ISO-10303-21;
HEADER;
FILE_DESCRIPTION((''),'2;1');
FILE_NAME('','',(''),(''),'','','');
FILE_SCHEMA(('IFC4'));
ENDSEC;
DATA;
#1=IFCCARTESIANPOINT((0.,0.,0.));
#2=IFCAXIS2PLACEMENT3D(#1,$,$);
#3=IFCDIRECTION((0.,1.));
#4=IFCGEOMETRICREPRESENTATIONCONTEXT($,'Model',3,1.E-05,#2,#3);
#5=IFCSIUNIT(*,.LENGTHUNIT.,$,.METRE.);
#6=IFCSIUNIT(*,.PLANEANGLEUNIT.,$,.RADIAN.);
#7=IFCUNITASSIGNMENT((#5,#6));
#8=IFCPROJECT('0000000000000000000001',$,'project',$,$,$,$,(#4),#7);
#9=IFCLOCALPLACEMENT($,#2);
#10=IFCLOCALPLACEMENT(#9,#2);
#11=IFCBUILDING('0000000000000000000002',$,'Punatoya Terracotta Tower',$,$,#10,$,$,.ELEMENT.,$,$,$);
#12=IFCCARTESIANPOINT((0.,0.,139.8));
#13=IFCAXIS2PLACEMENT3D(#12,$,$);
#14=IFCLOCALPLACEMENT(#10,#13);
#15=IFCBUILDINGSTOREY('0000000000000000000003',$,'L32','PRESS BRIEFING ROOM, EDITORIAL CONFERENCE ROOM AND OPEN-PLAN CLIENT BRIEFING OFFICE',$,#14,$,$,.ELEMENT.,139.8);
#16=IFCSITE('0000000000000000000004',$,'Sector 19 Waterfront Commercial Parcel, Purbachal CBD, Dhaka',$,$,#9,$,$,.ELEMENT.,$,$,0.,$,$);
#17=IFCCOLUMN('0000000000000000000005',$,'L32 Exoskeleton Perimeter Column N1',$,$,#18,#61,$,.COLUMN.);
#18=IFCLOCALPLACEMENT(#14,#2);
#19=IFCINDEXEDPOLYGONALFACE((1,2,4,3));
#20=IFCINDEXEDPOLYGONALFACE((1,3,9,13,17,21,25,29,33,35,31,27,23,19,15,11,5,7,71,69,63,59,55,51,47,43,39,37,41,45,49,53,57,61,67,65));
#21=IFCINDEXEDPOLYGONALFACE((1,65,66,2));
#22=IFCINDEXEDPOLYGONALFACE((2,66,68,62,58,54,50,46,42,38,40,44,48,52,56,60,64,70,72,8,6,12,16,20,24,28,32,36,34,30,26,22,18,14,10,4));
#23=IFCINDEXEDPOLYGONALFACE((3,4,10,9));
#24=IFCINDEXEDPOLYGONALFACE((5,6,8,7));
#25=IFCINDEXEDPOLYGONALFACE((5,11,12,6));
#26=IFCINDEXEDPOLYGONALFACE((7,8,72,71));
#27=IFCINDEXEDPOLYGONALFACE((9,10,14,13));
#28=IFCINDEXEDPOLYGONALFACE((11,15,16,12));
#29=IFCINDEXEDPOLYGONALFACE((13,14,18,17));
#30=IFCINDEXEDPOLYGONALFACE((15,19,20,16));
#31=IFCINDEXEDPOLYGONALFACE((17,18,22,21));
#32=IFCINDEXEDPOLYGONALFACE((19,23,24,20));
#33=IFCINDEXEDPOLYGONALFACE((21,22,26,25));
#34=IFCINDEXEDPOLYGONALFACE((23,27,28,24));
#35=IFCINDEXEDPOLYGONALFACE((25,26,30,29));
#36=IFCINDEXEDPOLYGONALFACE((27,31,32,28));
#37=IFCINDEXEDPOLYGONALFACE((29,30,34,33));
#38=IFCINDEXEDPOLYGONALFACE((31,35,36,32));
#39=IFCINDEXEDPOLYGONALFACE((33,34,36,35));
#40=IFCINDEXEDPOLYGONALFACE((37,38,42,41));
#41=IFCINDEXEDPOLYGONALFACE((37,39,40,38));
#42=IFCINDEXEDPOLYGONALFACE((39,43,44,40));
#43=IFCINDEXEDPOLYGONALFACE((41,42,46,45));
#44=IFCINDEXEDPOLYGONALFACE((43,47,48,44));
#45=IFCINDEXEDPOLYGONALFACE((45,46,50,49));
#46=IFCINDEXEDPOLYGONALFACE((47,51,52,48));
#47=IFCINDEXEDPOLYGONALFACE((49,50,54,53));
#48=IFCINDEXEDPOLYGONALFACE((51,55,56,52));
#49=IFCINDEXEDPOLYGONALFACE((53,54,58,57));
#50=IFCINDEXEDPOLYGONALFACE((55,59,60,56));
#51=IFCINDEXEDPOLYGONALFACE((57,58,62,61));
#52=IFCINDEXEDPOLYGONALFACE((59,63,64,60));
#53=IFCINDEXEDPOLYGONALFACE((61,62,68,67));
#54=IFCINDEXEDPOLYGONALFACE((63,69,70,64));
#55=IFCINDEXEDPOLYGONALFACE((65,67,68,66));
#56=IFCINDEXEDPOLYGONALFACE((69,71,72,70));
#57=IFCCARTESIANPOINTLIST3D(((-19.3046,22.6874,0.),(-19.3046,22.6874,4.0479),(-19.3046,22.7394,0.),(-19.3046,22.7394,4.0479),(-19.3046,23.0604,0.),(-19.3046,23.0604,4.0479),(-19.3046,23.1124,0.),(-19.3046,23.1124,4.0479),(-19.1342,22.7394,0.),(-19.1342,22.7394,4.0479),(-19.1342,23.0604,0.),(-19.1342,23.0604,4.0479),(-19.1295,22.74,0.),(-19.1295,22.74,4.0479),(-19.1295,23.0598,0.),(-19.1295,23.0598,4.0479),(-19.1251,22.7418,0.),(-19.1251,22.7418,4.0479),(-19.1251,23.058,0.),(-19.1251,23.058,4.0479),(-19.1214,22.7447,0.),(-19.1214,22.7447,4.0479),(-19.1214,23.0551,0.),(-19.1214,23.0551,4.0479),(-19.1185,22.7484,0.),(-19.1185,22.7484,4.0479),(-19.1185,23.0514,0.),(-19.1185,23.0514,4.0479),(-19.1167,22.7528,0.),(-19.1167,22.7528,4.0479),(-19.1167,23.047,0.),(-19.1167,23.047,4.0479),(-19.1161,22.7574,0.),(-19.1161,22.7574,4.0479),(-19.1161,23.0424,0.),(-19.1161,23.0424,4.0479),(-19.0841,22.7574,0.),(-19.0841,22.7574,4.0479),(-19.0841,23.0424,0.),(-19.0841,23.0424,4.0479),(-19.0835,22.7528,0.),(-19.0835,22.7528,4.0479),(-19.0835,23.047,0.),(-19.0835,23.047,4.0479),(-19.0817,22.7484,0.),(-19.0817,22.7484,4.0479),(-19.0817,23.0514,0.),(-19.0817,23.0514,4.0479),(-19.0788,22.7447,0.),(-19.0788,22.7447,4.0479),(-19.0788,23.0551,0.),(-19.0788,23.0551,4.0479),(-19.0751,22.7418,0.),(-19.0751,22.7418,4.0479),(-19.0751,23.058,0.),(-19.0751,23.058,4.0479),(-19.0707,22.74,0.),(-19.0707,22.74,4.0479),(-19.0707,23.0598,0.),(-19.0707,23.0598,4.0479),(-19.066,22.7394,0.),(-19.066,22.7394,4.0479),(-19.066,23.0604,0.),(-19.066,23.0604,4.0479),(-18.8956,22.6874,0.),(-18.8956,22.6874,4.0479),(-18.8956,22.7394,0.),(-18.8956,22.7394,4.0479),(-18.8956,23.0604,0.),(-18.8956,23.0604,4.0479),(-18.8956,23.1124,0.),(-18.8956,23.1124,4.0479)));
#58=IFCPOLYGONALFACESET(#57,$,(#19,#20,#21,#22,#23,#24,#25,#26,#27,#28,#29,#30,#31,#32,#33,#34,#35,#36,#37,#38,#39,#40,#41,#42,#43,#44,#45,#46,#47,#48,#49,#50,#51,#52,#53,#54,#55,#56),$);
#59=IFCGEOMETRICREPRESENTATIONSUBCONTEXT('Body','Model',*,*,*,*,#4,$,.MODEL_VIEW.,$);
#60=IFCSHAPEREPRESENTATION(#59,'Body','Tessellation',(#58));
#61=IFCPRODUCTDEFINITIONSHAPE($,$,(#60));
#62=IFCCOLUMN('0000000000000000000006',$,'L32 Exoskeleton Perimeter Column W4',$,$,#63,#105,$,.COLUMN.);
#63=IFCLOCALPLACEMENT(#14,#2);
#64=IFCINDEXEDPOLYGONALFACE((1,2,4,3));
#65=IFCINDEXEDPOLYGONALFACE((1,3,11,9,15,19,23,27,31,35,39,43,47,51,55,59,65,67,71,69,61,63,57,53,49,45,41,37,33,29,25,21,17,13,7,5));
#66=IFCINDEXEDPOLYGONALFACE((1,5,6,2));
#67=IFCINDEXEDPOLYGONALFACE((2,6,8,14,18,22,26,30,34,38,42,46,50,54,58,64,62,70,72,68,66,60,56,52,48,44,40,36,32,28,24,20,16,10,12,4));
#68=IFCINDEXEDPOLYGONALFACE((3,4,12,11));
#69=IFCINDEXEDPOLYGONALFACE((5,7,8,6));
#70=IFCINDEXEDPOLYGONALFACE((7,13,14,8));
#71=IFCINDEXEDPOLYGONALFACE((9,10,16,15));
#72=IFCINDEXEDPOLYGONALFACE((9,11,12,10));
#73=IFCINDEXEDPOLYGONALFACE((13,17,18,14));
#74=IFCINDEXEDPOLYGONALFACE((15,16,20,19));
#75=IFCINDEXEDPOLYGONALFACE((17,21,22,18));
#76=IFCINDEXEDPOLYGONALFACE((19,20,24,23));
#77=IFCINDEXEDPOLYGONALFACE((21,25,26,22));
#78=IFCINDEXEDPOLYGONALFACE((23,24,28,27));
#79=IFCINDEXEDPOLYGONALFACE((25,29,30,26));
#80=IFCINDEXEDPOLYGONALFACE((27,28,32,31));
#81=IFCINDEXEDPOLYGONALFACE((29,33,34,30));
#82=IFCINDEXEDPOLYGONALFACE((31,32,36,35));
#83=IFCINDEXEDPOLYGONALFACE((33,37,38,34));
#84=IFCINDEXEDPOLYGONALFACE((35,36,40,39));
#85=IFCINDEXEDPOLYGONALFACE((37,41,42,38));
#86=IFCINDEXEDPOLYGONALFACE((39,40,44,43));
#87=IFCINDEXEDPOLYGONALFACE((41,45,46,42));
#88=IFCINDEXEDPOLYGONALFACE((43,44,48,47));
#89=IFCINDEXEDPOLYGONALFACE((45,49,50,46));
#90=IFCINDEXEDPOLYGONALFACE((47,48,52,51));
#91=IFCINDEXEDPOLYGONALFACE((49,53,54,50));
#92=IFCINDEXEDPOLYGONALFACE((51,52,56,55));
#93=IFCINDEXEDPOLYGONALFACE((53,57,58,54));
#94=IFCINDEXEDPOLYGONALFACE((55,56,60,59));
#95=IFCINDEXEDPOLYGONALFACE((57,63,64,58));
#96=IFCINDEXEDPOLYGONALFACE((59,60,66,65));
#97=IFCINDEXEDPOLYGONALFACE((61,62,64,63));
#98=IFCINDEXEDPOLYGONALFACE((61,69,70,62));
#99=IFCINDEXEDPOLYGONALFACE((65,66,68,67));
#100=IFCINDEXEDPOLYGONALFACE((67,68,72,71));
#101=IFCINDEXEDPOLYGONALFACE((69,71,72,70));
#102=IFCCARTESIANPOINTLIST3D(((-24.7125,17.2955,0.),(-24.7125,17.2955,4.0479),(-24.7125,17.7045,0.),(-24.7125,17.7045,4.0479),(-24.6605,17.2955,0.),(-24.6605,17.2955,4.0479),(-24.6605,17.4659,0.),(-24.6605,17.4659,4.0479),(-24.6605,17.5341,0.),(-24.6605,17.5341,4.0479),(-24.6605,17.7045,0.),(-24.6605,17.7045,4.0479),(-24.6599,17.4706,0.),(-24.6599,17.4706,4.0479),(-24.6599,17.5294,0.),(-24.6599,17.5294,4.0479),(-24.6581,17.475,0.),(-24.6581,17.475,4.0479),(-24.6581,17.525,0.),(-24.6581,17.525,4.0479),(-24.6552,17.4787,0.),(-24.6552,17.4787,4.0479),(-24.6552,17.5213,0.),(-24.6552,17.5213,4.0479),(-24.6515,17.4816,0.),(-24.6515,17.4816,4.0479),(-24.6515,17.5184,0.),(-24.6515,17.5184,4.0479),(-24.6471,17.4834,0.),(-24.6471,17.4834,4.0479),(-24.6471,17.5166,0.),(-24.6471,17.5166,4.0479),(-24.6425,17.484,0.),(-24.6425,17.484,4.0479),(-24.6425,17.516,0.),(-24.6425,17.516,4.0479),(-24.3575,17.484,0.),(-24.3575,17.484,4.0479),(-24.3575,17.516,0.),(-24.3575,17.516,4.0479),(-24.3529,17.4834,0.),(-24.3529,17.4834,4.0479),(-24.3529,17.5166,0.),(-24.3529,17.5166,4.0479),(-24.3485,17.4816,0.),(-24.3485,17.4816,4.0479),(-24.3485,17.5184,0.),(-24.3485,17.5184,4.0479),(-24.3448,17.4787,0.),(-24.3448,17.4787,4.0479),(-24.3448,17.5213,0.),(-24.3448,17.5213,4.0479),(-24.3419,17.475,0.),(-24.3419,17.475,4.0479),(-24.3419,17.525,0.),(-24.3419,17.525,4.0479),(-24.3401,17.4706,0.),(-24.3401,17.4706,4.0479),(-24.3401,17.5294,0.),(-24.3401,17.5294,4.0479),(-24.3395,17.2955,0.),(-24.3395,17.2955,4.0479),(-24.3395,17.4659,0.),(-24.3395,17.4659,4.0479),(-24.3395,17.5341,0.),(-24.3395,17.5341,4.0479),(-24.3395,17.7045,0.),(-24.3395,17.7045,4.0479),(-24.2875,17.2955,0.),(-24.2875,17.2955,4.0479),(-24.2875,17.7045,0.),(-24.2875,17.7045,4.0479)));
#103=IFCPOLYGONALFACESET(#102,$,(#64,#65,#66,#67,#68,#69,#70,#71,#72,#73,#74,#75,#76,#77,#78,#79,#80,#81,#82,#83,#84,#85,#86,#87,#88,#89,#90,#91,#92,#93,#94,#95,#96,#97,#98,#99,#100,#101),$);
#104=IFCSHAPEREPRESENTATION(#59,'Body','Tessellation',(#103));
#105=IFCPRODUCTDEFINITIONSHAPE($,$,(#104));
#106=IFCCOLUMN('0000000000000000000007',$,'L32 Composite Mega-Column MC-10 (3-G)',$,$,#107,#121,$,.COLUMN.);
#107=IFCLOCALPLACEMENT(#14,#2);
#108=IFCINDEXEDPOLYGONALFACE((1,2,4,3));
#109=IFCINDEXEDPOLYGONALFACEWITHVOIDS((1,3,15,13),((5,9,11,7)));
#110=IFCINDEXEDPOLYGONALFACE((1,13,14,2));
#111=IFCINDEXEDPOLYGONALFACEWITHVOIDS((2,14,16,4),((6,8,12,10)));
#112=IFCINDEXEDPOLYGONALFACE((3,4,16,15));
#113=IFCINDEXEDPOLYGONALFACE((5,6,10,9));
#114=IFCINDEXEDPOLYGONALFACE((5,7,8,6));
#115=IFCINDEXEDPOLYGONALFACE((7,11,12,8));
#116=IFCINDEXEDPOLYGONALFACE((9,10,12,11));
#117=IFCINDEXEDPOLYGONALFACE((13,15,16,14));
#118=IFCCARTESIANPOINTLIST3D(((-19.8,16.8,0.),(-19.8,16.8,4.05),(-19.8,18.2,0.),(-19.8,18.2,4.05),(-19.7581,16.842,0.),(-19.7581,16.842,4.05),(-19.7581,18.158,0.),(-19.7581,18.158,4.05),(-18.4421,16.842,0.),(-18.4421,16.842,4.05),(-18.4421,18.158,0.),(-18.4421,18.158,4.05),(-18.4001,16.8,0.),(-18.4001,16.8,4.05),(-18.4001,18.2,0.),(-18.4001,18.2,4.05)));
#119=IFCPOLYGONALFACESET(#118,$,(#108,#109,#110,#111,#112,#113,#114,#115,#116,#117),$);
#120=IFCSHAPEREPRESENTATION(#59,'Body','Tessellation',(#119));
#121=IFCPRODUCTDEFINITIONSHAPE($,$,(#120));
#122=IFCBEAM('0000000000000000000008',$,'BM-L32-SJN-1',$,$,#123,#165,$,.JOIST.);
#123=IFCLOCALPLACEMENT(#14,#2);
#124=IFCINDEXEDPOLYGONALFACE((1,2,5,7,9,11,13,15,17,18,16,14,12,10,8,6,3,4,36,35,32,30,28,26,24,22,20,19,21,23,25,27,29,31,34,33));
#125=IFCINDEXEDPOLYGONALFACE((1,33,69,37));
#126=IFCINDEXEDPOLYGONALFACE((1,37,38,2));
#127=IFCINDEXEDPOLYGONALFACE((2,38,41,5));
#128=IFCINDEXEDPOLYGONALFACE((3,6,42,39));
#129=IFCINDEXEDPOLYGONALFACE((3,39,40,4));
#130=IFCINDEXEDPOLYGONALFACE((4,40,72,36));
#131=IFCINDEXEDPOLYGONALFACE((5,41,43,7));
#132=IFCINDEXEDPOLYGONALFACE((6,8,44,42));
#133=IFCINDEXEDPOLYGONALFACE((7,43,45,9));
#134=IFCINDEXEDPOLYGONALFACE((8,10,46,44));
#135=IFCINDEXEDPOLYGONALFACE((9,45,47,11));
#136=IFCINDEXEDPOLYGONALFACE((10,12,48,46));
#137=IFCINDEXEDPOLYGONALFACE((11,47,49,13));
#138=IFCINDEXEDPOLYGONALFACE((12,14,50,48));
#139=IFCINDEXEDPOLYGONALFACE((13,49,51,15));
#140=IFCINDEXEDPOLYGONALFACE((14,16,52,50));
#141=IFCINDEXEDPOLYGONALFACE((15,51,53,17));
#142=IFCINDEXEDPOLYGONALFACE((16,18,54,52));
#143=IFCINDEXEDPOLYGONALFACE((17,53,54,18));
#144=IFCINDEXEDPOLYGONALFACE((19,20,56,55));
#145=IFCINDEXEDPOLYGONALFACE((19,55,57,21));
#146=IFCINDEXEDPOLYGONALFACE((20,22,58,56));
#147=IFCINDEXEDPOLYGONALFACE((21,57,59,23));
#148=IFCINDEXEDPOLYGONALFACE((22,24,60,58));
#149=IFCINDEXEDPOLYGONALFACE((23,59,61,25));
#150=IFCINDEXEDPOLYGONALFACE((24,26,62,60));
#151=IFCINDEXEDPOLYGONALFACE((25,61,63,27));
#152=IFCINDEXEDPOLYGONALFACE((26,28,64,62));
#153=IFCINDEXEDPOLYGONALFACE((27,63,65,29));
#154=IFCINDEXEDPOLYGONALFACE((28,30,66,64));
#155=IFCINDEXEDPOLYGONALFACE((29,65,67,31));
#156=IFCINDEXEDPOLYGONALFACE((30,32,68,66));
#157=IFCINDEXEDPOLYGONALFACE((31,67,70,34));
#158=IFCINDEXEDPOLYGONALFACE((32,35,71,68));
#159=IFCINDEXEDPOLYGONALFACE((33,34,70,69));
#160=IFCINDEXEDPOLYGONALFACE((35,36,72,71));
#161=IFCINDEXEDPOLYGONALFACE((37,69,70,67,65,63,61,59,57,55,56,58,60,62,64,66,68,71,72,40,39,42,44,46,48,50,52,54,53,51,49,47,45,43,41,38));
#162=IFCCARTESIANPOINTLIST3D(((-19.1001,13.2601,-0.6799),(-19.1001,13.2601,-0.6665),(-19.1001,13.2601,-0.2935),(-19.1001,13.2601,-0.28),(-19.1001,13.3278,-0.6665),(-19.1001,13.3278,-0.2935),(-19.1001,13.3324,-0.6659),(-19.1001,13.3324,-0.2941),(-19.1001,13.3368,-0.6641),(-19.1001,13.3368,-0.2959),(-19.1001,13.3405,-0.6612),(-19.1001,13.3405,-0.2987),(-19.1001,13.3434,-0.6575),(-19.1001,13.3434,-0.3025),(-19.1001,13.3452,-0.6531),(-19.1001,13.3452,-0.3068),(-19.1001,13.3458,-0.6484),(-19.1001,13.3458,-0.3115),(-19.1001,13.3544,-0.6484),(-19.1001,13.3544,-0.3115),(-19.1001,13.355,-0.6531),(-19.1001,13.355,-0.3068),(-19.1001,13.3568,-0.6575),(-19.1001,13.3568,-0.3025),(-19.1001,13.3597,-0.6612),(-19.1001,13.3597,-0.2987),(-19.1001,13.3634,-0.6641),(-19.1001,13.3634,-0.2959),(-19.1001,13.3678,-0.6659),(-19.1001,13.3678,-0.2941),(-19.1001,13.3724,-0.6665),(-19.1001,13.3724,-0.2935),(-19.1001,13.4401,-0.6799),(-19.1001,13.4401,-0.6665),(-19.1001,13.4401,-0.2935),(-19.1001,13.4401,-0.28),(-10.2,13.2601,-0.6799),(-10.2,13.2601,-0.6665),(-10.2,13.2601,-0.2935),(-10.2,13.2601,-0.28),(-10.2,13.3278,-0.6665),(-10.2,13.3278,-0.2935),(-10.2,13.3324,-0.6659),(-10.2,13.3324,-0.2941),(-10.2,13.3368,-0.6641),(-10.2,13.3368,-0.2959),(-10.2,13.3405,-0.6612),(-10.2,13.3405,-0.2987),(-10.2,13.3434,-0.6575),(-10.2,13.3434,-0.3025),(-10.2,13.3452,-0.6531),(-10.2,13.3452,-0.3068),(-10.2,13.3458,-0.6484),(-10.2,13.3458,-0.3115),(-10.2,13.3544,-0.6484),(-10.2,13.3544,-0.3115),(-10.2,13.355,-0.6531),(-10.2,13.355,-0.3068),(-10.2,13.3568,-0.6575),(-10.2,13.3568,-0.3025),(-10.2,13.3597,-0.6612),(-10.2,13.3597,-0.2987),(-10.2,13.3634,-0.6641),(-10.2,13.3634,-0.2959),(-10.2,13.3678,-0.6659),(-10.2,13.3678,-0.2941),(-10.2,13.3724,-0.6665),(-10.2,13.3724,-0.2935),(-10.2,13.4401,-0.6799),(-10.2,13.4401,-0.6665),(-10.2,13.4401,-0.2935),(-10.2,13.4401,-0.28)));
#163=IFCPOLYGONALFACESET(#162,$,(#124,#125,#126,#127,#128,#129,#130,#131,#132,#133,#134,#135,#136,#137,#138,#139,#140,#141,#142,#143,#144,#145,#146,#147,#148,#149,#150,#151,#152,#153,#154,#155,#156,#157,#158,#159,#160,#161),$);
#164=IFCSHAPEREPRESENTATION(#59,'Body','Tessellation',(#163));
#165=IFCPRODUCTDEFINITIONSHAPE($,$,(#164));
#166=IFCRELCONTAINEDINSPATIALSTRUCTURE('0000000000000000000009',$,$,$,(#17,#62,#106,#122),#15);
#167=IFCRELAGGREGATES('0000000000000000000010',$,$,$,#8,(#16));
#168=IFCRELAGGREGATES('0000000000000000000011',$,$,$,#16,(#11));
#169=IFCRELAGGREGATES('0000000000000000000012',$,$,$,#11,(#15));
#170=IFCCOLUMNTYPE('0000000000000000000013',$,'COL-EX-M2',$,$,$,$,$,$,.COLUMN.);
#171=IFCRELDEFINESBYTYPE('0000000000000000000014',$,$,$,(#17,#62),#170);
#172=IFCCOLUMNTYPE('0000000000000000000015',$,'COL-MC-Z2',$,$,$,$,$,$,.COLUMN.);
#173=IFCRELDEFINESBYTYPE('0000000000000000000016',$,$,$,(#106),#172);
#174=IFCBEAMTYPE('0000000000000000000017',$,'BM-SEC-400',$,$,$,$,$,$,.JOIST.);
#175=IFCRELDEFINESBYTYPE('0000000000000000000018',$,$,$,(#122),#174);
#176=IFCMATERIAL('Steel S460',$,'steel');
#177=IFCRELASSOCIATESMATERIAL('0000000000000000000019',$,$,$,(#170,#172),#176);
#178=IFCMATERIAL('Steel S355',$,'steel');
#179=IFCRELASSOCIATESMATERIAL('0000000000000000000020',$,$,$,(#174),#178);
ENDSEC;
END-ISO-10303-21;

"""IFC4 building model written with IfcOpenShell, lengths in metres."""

from ifc_helpers import new_model, si_unit, direction, frame, origin, origin_2d, place, context, subcontext, project, spatial, hollow_rectangle, i_section, extrude, material, material_profile, profile_set, type_object, element, save


model = new_model("IFC4")

# Units and contexts
model_context = context("Model", 3, precision=1e-05, world=origin(), true_north=direction((0.0, 1.0)))
body_context = subcontext(model_context, "Body", "Model", "MODEL_VIEW")
ifc_project = project(units=[si_unit("LENGTHUNIT", "METRE"), si_unit("PLANEANGLEUNIT", "RADIAN")], contexts=[model_context])

# Site, building, storey
site_placement = place(None, origin())
site = spatial("IfcSite", under=ifc_project, at=site_placement, Name="Sector 19 Waterfront Commercial Parcel, Purbachal CBD, Dhaka", CompositionType="ELEMENT", RefElevation=0.0)
building_placement = place(site_placement, origin())
building = spatial("IfcBuilding", under=site, at=building_placement, Name="Punatoya Terracotta Tower", CompositionType="ELEMENT")
storey_placement = place(building_placement, frame((0.0, 0.0, 139.8)))
storey = spatial("IfcBuildingStorey", under=building, at=storey_placement, Name="L32", Description="PRESS BRIEFING ROOM, EDITORIAL CONFERENCE ROOM AND OPEN-PLAN CLIENT BRIEFING OFFICE", CompositionType="ELEMENT", Elevation=139.8)

# Columns
ifc_material_1 = material(Name="Steel S460", Category="steel")
ifc_material_profile_1 = material_profile(ifc_material_1, i_section(OverallWidth=0.4089, OverallDepth=0.425, WebThickness=0.032, FlangeThickness=0.052, FilletRadius=0.0181, at=origin_2d()))
ifc_profile_set_1 = profile_set([ifc_material_profile_1], Name="Steel S460")
column_type_1 = type_object("IfcColumnType", Name="COL-EX-M2", PredefinedType="COLUMN", material=ifc_profile_set_1)
for number, where, z_axis, x_axis, name in (
    (1, (-19.1001, 22.8999, 0.0), (0.0, 0.0, 1.0), (1.0, 0.0, 0.0), "L32 Exoskeleton Perimeter Column N1"),
    (2, (-24.5, 17.5, 0.0), (0.0, 0.0, 1.0), (0.0, 1.0, 0.0), "L32 Exoskeleton Perimeter Column W4"),
):
    element("IfcColumn", number, at=place(storey_placement, frame(where, z_axis=z_axis, x_axis=x_axis)), inside=storey, type_object=column_type_1, Name=name, PredefinedType="COLUMN", context=body_context, shape_type="SweptSolid", body=[
        extrude(i_section(OverallWidth=0.4089, OverallDepth=0.425, WebThickness=0.032, FlangeThickness=0.052, FilletRadius=0.0181, at=origin_2d()), origin(), (0.0, 0.0, 1.0), 4.0479),
    ])
ifc_material_profile_2 = material_profile(ifc_material_1, hollow_rectangle(XDim=1.3999, YDim=1.3999, WallThickness=0.042, at=origin_2d()))
ifc_profile_set_2 = profile_set([ifc_material_profile_2], Name="Steel S460")
column_type_2 = type_object("IfcColumnType", Name="COL-MC-Z2", PredefinedType="COLUMN", material=ifc_profile_set_2)
column_placement = place(storey_placement, frame((-19.1001, 17.5, 0.0), z_axis=(0.0, 0.0, 1.0), x_axis=(1.0, 0.0, 0.0)))
element("IfcColumn", 3, at=column_placement, inside=storey, type_object=column_type_2, Name="L32 Composite Mega-Column MC-10 (3-G)", PredefinedType="COLUMN", context=body_context, shape_type="SweptSolid", body=[
    extrude(hollow_rectangle(XDim=1.3999, YDim=1.3999, WallThickness=0.042, at=origin_2d()), origin(), (0.0, 0.0, 1.0), 4.05),
])

# Beam
ifc_material_2 = material(Name="Steel S355", Category="steel")
ifc_material_profile_3 = material_profile(ifc_material_2, i_section(OverallWidth=0.1799, OverallDepth=0.3999, WebThickness=0.0085, FlangeThickness=0.0134, FilletRadius=0.0181, at=origin_2d()))
ifc_profile_set_3 = profile_set([ifc_material_profile_3], Name="Steel S355")
beam_type_1 = type_object("IfcBeamType", Name="BM-SEC-400", PredefinedType="JOIST", material=ifc_profile_set_3)
beam_1_placement = place(storey_placement, frame((-19.1001, 13.3501, -0.48), z_axis=(1.0, 0.0, 0.0), x_axis=(0.0, 1.0, 0.0)))
element("IfcBeam", 4, at=beam_1_placement, inside=storey, type_object=beam_type_1, Name="BM-L32-SJN-1", PredefinedType="JOIST", context=body_context, shape_type="SweptSolid", body=[
    extrude(i_section(OverallWidth=0.1799, OverallDepth=0.3999, WebThickness=0.0085, FlangeThickness=0.0134, FilletRadius=0.0181, at=origin_2d()), origin(), (0.0, 0.0, 1.0), 8.9001),
])

save(model, "model.ifc")
